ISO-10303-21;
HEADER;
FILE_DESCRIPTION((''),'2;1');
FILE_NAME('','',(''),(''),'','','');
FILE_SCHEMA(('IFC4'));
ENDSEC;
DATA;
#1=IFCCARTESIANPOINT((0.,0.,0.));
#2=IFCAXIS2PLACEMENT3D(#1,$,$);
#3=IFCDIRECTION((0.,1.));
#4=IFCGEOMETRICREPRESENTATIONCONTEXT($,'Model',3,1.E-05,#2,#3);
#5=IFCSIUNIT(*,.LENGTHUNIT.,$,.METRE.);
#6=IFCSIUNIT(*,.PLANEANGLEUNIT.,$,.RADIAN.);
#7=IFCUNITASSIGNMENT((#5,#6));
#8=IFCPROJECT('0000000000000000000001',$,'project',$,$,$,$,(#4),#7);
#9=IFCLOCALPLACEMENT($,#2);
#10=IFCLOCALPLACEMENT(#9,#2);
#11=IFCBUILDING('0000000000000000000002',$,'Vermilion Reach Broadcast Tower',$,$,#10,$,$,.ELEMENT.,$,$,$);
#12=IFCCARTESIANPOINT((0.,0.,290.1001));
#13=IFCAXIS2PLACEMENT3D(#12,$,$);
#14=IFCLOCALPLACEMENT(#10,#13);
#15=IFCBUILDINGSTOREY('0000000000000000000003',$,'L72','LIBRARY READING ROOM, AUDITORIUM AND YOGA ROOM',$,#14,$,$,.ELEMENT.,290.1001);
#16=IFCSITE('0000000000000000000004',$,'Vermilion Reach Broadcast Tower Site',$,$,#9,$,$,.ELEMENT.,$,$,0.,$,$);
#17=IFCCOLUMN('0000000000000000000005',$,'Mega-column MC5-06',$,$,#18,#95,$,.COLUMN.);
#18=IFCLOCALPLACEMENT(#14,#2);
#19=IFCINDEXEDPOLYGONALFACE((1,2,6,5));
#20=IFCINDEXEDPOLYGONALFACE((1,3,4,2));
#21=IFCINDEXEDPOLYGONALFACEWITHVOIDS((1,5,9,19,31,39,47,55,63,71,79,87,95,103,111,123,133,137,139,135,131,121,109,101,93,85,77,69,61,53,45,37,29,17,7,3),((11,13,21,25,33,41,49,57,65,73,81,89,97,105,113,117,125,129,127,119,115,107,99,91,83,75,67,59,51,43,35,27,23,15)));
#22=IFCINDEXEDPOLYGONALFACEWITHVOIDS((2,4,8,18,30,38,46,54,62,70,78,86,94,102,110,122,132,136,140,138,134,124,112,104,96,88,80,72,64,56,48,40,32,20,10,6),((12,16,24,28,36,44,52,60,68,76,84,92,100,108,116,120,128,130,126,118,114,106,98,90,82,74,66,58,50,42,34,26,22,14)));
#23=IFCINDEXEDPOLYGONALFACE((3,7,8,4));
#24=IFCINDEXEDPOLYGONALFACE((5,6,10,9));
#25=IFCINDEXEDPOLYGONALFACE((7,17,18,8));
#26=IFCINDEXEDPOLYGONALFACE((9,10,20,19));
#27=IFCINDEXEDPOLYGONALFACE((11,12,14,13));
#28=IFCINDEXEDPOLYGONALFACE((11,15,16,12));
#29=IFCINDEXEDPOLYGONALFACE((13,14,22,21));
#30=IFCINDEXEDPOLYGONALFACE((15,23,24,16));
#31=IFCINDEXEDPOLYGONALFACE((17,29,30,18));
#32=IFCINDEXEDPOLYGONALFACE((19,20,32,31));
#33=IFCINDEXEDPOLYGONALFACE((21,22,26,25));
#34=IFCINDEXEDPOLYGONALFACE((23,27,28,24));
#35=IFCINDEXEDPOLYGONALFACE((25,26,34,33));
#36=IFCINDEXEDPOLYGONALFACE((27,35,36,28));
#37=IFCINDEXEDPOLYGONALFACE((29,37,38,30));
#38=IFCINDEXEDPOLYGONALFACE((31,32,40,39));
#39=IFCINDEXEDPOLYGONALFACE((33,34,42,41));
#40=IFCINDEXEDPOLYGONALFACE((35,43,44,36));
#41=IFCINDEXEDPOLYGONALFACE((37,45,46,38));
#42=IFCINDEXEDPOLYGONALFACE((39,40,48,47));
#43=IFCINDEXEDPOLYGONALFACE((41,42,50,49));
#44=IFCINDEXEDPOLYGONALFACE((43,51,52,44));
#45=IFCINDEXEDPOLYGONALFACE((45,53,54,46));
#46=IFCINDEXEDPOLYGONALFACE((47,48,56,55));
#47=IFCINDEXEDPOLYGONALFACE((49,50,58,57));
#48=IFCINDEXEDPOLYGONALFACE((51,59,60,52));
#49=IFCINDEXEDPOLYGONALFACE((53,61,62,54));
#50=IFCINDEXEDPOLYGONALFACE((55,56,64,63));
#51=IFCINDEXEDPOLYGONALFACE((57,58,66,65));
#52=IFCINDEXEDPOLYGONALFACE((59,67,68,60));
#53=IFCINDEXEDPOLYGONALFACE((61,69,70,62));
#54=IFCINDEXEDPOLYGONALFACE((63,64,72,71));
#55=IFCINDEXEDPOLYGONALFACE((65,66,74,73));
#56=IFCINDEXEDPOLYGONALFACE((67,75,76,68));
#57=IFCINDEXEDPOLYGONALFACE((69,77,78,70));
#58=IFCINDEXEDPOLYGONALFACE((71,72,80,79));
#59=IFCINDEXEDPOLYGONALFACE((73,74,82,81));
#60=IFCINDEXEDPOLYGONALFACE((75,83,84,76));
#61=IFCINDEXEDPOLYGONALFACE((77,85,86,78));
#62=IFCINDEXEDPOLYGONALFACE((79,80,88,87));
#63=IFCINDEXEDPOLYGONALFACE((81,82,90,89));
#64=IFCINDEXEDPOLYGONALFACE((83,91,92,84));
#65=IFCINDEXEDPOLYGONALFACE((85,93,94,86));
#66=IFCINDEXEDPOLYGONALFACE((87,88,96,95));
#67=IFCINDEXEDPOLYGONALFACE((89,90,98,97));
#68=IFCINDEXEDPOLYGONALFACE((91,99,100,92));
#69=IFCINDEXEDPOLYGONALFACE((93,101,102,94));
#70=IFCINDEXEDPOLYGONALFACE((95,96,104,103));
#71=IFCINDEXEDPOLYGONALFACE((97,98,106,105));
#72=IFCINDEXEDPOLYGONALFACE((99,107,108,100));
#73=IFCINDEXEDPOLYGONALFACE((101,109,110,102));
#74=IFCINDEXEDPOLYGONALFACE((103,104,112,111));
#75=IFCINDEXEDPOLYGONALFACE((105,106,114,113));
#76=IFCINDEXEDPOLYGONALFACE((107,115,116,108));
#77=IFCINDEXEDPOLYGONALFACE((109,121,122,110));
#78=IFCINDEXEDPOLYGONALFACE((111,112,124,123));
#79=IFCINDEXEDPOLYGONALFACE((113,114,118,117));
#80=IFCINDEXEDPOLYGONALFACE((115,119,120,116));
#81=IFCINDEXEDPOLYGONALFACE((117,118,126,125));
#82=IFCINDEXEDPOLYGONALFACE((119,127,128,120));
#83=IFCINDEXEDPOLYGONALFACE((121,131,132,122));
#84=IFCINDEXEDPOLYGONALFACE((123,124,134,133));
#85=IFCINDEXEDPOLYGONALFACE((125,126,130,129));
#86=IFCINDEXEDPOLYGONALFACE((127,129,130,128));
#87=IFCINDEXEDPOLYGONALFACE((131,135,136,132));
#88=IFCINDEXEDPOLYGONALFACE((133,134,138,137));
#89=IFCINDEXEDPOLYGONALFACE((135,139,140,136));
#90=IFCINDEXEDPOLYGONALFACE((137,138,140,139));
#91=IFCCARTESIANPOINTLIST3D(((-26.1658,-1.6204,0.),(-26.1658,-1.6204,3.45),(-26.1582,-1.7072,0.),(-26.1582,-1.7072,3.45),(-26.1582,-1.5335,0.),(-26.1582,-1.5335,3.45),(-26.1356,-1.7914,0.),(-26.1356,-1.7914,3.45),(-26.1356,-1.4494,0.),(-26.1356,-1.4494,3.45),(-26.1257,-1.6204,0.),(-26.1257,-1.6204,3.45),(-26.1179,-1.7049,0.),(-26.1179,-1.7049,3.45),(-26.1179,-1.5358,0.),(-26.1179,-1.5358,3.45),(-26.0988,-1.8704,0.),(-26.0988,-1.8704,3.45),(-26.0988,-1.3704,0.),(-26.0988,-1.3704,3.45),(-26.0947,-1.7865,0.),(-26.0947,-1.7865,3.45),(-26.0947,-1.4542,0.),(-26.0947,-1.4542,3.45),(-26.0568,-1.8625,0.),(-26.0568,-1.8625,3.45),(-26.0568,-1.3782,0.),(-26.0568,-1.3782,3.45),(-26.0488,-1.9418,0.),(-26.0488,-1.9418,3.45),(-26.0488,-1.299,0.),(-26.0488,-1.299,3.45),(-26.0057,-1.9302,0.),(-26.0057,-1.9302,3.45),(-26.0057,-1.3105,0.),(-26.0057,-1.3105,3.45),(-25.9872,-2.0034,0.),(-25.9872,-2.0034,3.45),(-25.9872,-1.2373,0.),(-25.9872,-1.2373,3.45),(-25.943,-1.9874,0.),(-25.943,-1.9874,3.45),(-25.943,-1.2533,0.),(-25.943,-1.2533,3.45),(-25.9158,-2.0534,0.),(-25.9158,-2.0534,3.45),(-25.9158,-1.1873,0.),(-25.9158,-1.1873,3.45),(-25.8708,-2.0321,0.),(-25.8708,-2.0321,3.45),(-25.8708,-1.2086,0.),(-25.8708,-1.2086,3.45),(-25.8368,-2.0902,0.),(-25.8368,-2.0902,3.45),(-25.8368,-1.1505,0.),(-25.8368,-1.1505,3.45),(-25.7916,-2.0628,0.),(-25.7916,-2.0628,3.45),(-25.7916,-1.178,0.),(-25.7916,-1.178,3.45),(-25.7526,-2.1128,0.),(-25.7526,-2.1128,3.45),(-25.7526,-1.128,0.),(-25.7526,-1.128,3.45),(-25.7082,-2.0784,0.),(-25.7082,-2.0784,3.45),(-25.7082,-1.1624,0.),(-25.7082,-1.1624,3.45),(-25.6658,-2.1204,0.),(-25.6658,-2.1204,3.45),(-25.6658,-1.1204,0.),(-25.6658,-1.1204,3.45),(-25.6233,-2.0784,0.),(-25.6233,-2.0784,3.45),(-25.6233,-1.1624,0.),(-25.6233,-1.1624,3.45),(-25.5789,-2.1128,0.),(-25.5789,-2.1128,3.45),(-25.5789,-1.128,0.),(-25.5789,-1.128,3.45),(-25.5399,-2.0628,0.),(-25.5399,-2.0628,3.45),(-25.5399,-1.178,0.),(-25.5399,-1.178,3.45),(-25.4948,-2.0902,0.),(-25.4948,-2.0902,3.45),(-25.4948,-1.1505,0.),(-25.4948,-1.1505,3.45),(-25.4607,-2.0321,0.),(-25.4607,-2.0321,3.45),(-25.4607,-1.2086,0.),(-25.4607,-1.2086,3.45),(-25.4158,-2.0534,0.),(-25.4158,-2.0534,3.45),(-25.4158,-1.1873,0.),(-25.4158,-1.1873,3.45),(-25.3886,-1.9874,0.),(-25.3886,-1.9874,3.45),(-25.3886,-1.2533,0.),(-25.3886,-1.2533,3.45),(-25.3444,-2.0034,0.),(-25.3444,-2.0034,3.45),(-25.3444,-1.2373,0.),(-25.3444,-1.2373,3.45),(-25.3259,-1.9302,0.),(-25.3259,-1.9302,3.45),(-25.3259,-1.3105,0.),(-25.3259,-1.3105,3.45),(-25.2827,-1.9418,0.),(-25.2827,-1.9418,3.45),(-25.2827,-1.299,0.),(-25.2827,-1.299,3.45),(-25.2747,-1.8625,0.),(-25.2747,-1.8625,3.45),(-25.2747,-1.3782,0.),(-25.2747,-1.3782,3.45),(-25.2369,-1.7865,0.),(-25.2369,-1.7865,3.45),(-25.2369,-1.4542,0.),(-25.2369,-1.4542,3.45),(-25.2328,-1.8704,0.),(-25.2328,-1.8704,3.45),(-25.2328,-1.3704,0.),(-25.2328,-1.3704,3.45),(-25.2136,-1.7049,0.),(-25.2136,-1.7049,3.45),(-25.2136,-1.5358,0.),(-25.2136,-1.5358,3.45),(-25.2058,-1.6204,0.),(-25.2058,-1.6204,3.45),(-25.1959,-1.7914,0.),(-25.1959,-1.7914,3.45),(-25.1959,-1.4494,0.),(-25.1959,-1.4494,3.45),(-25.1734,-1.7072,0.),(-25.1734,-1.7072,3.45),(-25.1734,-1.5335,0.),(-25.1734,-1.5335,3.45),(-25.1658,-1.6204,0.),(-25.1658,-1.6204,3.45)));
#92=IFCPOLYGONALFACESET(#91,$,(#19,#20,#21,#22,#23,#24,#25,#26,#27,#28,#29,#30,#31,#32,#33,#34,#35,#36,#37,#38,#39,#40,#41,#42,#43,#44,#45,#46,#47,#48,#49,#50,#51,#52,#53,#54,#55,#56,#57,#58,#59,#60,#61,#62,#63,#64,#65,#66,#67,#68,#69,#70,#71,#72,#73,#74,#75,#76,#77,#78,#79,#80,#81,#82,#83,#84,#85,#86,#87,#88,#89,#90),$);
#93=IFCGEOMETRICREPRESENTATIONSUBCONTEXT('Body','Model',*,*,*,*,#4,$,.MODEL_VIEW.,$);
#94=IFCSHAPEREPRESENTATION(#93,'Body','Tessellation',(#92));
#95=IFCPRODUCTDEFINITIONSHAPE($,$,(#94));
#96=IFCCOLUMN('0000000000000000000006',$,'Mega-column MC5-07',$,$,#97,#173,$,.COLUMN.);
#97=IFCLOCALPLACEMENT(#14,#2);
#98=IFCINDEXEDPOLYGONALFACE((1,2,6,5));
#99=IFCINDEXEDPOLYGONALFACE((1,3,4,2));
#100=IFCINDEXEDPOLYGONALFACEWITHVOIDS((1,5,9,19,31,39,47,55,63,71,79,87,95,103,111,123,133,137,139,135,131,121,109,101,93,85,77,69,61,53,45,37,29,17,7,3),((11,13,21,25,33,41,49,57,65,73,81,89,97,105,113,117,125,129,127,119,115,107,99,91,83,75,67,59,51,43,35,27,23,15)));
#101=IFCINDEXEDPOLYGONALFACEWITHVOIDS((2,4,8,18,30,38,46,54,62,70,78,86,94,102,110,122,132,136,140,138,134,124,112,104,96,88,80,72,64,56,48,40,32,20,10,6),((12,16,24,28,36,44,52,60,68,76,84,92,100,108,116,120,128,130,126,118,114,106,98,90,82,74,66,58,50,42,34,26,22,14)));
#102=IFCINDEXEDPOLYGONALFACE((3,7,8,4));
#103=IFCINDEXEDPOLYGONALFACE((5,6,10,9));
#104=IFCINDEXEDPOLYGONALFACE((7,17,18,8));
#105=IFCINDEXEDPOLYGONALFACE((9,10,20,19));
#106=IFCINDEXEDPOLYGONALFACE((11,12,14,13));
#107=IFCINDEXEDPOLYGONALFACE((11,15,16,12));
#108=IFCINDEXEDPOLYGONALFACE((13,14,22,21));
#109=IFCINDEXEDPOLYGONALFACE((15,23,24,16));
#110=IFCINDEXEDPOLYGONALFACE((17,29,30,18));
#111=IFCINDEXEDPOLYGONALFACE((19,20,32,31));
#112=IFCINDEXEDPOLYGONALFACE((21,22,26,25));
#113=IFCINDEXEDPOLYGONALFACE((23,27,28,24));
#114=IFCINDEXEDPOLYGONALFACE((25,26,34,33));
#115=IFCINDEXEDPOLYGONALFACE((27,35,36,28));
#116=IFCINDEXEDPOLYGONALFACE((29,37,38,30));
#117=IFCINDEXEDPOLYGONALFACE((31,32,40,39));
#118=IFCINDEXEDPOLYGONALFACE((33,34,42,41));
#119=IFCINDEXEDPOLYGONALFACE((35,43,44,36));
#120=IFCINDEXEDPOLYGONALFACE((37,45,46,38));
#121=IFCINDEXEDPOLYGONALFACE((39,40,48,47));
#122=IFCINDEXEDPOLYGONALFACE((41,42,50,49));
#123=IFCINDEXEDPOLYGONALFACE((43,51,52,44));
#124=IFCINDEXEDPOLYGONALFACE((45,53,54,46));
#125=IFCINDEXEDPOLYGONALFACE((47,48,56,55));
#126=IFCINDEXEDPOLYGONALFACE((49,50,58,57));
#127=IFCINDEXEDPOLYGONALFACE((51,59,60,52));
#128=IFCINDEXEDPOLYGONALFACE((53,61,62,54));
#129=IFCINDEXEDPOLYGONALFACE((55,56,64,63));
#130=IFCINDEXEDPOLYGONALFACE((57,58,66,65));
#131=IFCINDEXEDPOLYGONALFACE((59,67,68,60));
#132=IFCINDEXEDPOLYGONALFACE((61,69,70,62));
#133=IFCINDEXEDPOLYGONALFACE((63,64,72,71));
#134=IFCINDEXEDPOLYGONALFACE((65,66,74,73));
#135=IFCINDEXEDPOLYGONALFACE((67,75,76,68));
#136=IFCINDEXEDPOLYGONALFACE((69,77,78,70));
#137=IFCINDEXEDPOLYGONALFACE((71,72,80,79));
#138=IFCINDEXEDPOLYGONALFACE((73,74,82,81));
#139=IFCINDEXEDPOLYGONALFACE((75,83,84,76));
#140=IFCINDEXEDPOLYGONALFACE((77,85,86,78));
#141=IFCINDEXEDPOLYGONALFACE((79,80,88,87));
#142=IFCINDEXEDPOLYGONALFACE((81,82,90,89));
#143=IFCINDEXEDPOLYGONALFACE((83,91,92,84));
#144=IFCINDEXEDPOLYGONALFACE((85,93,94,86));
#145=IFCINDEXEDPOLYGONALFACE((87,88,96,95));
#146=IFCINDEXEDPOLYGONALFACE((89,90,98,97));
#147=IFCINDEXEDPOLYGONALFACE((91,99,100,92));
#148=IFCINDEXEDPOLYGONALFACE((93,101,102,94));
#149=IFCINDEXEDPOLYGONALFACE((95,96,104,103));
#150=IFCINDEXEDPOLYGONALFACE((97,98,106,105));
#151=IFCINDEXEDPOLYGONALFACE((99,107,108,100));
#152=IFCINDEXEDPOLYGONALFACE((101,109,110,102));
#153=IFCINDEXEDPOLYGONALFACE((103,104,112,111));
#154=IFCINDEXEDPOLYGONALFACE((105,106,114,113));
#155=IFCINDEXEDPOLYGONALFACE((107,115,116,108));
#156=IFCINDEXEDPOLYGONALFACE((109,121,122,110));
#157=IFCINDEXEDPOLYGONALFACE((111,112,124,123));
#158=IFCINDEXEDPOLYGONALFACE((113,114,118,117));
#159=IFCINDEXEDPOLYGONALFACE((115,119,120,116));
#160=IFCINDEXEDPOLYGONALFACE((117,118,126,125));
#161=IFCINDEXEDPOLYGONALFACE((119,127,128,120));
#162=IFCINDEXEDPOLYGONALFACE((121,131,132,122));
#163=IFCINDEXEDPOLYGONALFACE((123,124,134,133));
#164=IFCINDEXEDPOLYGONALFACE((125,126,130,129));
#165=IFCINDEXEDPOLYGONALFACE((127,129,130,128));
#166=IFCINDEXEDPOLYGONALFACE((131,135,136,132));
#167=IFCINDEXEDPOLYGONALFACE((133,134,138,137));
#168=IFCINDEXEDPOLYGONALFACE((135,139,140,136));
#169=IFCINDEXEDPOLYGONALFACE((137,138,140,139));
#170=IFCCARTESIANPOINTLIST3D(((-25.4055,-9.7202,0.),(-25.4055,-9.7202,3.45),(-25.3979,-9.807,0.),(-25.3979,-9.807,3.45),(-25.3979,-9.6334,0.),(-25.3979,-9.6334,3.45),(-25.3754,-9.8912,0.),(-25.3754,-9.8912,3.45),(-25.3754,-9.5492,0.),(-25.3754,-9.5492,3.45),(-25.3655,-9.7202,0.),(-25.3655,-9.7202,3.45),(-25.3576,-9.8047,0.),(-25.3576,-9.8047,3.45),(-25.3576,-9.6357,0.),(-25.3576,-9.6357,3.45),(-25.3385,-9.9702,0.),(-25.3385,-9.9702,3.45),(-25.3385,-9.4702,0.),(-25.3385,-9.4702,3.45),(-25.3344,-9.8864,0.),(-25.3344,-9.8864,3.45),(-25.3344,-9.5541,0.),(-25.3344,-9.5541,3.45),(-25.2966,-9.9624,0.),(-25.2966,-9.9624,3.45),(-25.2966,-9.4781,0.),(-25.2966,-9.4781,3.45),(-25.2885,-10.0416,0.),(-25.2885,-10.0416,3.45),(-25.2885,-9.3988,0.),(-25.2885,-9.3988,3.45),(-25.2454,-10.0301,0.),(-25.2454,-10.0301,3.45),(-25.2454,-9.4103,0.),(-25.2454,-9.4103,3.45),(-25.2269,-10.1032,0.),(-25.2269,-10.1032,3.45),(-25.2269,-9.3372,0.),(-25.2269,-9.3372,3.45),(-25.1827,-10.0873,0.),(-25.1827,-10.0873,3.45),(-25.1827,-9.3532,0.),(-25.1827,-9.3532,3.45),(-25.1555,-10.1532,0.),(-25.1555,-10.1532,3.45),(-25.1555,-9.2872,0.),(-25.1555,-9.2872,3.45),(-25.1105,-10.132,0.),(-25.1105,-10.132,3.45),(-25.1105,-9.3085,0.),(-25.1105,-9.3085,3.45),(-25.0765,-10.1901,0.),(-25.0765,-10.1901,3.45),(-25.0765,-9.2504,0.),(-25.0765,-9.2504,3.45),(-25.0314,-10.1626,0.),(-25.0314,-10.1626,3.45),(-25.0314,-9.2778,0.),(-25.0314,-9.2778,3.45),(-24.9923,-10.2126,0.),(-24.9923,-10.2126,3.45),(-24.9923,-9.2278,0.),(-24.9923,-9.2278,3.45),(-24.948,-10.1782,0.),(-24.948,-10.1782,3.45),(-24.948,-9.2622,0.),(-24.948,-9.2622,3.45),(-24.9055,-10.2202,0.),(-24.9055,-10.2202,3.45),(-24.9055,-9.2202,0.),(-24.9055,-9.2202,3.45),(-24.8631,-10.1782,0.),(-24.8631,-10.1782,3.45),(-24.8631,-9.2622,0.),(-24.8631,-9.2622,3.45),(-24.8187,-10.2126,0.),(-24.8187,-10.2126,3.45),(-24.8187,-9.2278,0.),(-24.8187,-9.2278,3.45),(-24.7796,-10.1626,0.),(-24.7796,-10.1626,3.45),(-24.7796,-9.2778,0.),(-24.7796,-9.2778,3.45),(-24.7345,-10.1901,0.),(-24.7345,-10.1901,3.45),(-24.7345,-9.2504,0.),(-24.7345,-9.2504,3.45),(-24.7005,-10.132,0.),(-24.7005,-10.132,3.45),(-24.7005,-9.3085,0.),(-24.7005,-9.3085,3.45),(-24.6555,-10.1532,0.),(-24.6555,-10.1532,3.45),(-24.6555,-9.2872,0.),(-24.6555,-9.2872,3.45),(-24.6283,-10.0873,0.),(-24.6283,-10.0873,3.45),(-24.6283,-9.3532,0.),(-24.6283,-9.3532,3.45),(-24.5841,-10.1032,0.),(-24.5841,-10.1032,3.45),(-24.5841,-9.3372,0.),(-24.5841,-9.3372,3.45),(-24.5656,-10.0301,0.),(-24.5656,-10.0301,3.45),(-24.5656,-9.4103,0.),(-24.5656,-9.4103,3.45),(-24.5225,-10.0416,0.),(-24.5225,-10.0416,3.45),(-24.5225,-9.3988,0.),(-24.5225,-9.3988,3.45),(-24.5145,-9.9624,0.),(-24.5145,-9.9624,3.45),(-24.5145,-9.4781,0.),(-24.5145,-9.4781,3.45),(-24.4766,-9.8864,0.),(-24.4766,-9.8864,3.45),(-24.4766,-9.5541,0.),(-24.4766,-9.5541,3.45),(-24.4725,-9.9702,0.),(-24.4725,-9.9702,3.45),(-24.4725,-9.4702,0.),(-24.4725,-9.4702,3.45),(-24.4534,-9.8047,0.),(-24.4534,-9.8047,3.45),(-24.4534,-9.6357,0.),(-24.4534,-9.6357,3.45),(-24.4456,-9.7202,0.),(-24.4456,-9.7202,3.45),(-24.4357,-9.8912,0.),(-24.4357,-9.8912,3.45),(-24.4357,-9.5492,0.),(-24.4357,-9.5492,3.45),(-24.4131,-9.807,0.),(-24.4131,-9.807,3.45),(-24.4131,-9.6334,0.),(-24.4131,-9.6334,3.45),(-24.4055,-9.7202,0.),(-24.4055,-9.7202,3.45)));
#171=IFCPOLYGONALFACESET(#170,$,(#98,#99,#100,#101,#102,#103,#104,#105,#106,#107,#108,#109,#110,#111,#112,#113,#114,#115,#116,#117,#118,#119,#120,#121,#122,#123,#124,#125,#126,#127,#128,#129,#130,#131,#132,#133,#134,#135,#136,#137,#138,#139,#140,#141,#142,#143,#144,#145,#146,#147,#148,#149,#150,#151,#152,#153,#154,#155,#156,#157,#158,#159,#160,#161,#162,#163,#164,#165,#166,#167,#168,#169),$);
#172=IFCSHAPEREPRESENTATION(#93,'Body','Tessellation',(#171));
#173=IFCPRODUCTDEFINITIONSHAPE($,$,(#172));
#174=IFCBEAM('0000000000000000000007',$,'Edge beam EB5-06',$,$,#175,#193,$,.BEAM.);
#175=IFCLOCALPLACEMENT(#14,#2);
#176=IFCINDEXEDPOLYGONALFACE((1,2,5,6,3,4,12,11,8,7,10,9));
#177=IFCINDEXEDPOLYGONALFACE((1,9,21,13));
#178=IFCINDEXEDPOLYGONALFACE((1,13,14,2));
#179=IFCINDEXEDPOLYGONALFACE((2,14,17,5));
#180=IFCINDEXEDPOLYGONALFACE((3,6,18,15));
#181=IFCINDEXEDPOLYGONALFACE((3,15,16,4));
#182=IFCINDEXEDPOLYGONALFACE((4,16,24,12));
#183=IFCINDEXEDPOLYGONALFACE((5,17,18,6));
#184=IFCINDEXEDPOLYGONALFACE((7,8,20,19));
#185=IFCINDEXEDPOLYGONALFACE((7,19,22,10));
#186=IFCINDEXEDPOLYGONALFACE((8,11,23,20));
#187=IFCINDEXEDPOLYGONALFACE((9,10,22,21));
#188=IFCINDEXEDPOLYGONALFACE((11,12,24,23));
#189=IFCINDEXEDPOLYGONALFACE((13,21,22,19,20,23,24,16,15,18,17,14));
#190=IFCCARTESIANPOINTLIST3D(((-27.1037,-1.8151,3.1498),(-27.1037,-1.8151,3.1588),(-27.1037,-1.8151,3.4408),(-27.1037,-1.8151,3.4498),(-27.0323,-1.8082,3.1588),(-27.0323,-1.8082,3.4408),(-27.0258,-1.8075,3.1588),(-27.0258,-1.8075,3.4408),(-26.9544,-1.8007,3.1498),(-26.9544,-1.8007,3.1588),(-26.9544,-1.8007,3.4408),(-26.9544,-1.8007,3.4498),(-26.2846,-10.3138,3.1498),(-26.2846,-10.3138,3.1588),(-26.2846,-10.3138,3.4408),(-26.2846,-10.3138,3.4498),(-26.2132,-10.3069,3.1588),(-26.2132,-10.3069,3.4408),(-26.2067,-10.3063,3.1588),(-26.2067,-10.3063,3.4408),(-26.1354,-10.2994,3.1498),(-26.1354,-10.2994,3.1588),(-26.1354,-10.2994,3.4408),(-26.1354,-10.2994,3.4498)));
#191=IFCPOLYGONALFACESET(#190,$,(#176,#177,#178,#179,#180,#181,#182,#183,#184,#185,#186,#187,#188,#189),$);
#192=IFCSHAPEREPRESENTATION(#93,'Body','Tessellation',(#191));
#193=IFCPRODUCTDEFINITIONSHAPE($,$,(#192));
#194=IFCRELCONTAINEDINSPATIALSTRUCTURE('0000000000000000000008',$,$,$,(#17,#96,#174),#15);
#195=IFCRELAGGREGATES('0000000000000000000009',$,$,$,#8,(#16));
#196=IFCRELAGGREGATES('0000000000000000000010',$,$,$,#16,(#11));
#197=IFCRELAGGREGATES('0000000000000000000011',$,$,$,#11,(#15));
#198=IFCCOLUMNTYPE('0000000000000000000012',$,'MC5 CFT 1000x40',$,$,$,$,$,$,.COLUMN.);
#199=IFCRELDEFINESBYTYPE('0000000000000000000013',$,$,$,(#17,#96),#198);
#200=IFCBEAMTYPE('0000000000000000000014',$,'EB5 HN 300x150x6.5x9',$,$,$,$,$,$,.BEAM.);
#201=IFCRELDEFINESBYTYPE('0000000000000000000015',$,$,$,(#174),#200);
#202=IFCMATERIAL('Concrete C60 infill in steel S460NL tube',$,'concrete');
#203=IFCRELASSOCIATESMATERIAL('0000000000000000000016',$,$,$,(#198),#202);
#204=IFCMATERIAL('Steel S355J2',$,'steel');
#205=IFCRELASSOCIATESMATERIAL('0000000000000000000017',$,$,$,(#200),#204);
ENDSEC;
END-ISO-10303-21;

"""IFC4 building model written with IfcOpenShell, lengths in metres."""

from ifc_helpers import new_model, si_unit, direction, frame, origin, origin_2d, place, context, subcontext, project, spatial, hollow_circle, i_section, extrude, material, material_profile, profile_set, type_object, element, save


model = new_model("IFC4")

# Units and contexts
model_context = context("Model", 3, precision=1e-05, world=origin(), true_north=direction((0.0, 1.0)))
body_context = subcontext(model_context, "Body", "Model", "MODEL_VIEW")
ifc_project = project(units=[si_unit("LENGTHUNIT", "METRE"), si_unit("PLANEANGLEUNIT", "RADIAN")], contexts=[model_context])

# Site, building, storey
site_placement = place(None, origin())
site = spatial("IfcSite", under=ifc_project, at=site_placement, Name="Vermilion Reach Broadcast Tower Site", CompositionType="ELEMENT", RefElevation=0.0)
building_placement = place(site_placement, origin())
building = spatial("IfcBuilding", under=site, at=building_placement, Name="Vermilion Reach Broadcast Tower", CompositionType="ELEMENT")
storey_placement = place(building_placement, frame((0.0, 0.0, 290.1001)))
storey = spatial("IfcBuildingStorey", under=building, at=storey_placement, Name="L72", Description="LIBRARY READING ROOM, AUDITORIUM AND YOGA ROOM", CompositionType="ELEMENT", Elevation=290.1001)

# Columns
ifc_material_1 = material(Name="Concrete C60 infill in steel S460NL tube", Category="concrete")
ifc_material_profile_1 = material_profile(ifc_material_1, hollow_circle(Radius=0.5, WallThickness=0.04, at=origin_2d()), Name="Concrete C60 infill in steel S460NL tube CFT 1000x40")
ifc_profile_set_1 = profile_set([ifc_material_profile_1], Name="Concrete C60 infill in steel S460NL tube")
column_type = type_object("IfcColumnType", Name="MC5 CFT 1000x40", PredefinedType="COLUMN", material=ifc_profile_set_1)
for number, where, z_axis, x_axis, name in (
    (1, (-25.6658, -1.6204, 0.0), (0.0, 0.0, 1.0), (1.0, 0.0, 0.0), "Mega-column MC5-06"),
    (2, (-24.9055, -9.7202, 0.0), (0.0, 0.0, 1.0), (1.0, 0.0, 0.0), "Mega-column MC5-07"),
):
    element("IfcColumn", number, at=place(storey_placement, frame(where, z_axis=z_axis, x_axis=x_axis)), inside=storey, type_object=column_type, Name=name, PredefinedType="COLUMN", context=body_context, shape_type="SweptSolid", body=[
        extrude(hollow_circle(Radius=0.5, WallThickness=0.04, at=origin_2d()), origin(), (0.0, 0.0, 1.0), 3.45),
    ])

# Beam
ifc_material_2 = material(Name="Steel S355J2", Category="steel")
ifc_material_profile_2 = material_profile(ifc_material_2, i_section(OverallWidth=0.1499, OverallDepth=0.3, WebThickness=0.0066, FlangeThickness=0.009, at=origin_2d()), Name="S355J2 HN 300x150x6.5x9")
ifc_profile_set_2 = profile_set([ifc_material_profile_2], Name="Steel S355J2")
beam_type_1 = type_object("IfcBeamType", Name="EB5 HN 300x150x6.5x9", PredefinedType="BEAM", material=ifc_profile_set_2)
beam_1_placement = place(storey_placement, frame((-27.0291, -1.8079, 3.2998), z_axis=(0.095933, -0.995388, 0.0), x_axis=(0.995388, 0.095933, 0.0)))
element("IfcBeam", 3, at=beam_1_placement, inside=storey, type_object=beam_type_1, Name="Edge beam EB5-06", PredefinedType="BEAM", context=body_context, shape_type="SweptSolid", body=[
    extrude(i_section(OverallWidth=0.1499, OverallDepth=0.3, WebThickness=0.0066, FlangeThickness=0.009, at=origin_2d()), origin(), (0.0, 0.0, 1.0), 8.5381),
])

save(model, "model.ifc")
